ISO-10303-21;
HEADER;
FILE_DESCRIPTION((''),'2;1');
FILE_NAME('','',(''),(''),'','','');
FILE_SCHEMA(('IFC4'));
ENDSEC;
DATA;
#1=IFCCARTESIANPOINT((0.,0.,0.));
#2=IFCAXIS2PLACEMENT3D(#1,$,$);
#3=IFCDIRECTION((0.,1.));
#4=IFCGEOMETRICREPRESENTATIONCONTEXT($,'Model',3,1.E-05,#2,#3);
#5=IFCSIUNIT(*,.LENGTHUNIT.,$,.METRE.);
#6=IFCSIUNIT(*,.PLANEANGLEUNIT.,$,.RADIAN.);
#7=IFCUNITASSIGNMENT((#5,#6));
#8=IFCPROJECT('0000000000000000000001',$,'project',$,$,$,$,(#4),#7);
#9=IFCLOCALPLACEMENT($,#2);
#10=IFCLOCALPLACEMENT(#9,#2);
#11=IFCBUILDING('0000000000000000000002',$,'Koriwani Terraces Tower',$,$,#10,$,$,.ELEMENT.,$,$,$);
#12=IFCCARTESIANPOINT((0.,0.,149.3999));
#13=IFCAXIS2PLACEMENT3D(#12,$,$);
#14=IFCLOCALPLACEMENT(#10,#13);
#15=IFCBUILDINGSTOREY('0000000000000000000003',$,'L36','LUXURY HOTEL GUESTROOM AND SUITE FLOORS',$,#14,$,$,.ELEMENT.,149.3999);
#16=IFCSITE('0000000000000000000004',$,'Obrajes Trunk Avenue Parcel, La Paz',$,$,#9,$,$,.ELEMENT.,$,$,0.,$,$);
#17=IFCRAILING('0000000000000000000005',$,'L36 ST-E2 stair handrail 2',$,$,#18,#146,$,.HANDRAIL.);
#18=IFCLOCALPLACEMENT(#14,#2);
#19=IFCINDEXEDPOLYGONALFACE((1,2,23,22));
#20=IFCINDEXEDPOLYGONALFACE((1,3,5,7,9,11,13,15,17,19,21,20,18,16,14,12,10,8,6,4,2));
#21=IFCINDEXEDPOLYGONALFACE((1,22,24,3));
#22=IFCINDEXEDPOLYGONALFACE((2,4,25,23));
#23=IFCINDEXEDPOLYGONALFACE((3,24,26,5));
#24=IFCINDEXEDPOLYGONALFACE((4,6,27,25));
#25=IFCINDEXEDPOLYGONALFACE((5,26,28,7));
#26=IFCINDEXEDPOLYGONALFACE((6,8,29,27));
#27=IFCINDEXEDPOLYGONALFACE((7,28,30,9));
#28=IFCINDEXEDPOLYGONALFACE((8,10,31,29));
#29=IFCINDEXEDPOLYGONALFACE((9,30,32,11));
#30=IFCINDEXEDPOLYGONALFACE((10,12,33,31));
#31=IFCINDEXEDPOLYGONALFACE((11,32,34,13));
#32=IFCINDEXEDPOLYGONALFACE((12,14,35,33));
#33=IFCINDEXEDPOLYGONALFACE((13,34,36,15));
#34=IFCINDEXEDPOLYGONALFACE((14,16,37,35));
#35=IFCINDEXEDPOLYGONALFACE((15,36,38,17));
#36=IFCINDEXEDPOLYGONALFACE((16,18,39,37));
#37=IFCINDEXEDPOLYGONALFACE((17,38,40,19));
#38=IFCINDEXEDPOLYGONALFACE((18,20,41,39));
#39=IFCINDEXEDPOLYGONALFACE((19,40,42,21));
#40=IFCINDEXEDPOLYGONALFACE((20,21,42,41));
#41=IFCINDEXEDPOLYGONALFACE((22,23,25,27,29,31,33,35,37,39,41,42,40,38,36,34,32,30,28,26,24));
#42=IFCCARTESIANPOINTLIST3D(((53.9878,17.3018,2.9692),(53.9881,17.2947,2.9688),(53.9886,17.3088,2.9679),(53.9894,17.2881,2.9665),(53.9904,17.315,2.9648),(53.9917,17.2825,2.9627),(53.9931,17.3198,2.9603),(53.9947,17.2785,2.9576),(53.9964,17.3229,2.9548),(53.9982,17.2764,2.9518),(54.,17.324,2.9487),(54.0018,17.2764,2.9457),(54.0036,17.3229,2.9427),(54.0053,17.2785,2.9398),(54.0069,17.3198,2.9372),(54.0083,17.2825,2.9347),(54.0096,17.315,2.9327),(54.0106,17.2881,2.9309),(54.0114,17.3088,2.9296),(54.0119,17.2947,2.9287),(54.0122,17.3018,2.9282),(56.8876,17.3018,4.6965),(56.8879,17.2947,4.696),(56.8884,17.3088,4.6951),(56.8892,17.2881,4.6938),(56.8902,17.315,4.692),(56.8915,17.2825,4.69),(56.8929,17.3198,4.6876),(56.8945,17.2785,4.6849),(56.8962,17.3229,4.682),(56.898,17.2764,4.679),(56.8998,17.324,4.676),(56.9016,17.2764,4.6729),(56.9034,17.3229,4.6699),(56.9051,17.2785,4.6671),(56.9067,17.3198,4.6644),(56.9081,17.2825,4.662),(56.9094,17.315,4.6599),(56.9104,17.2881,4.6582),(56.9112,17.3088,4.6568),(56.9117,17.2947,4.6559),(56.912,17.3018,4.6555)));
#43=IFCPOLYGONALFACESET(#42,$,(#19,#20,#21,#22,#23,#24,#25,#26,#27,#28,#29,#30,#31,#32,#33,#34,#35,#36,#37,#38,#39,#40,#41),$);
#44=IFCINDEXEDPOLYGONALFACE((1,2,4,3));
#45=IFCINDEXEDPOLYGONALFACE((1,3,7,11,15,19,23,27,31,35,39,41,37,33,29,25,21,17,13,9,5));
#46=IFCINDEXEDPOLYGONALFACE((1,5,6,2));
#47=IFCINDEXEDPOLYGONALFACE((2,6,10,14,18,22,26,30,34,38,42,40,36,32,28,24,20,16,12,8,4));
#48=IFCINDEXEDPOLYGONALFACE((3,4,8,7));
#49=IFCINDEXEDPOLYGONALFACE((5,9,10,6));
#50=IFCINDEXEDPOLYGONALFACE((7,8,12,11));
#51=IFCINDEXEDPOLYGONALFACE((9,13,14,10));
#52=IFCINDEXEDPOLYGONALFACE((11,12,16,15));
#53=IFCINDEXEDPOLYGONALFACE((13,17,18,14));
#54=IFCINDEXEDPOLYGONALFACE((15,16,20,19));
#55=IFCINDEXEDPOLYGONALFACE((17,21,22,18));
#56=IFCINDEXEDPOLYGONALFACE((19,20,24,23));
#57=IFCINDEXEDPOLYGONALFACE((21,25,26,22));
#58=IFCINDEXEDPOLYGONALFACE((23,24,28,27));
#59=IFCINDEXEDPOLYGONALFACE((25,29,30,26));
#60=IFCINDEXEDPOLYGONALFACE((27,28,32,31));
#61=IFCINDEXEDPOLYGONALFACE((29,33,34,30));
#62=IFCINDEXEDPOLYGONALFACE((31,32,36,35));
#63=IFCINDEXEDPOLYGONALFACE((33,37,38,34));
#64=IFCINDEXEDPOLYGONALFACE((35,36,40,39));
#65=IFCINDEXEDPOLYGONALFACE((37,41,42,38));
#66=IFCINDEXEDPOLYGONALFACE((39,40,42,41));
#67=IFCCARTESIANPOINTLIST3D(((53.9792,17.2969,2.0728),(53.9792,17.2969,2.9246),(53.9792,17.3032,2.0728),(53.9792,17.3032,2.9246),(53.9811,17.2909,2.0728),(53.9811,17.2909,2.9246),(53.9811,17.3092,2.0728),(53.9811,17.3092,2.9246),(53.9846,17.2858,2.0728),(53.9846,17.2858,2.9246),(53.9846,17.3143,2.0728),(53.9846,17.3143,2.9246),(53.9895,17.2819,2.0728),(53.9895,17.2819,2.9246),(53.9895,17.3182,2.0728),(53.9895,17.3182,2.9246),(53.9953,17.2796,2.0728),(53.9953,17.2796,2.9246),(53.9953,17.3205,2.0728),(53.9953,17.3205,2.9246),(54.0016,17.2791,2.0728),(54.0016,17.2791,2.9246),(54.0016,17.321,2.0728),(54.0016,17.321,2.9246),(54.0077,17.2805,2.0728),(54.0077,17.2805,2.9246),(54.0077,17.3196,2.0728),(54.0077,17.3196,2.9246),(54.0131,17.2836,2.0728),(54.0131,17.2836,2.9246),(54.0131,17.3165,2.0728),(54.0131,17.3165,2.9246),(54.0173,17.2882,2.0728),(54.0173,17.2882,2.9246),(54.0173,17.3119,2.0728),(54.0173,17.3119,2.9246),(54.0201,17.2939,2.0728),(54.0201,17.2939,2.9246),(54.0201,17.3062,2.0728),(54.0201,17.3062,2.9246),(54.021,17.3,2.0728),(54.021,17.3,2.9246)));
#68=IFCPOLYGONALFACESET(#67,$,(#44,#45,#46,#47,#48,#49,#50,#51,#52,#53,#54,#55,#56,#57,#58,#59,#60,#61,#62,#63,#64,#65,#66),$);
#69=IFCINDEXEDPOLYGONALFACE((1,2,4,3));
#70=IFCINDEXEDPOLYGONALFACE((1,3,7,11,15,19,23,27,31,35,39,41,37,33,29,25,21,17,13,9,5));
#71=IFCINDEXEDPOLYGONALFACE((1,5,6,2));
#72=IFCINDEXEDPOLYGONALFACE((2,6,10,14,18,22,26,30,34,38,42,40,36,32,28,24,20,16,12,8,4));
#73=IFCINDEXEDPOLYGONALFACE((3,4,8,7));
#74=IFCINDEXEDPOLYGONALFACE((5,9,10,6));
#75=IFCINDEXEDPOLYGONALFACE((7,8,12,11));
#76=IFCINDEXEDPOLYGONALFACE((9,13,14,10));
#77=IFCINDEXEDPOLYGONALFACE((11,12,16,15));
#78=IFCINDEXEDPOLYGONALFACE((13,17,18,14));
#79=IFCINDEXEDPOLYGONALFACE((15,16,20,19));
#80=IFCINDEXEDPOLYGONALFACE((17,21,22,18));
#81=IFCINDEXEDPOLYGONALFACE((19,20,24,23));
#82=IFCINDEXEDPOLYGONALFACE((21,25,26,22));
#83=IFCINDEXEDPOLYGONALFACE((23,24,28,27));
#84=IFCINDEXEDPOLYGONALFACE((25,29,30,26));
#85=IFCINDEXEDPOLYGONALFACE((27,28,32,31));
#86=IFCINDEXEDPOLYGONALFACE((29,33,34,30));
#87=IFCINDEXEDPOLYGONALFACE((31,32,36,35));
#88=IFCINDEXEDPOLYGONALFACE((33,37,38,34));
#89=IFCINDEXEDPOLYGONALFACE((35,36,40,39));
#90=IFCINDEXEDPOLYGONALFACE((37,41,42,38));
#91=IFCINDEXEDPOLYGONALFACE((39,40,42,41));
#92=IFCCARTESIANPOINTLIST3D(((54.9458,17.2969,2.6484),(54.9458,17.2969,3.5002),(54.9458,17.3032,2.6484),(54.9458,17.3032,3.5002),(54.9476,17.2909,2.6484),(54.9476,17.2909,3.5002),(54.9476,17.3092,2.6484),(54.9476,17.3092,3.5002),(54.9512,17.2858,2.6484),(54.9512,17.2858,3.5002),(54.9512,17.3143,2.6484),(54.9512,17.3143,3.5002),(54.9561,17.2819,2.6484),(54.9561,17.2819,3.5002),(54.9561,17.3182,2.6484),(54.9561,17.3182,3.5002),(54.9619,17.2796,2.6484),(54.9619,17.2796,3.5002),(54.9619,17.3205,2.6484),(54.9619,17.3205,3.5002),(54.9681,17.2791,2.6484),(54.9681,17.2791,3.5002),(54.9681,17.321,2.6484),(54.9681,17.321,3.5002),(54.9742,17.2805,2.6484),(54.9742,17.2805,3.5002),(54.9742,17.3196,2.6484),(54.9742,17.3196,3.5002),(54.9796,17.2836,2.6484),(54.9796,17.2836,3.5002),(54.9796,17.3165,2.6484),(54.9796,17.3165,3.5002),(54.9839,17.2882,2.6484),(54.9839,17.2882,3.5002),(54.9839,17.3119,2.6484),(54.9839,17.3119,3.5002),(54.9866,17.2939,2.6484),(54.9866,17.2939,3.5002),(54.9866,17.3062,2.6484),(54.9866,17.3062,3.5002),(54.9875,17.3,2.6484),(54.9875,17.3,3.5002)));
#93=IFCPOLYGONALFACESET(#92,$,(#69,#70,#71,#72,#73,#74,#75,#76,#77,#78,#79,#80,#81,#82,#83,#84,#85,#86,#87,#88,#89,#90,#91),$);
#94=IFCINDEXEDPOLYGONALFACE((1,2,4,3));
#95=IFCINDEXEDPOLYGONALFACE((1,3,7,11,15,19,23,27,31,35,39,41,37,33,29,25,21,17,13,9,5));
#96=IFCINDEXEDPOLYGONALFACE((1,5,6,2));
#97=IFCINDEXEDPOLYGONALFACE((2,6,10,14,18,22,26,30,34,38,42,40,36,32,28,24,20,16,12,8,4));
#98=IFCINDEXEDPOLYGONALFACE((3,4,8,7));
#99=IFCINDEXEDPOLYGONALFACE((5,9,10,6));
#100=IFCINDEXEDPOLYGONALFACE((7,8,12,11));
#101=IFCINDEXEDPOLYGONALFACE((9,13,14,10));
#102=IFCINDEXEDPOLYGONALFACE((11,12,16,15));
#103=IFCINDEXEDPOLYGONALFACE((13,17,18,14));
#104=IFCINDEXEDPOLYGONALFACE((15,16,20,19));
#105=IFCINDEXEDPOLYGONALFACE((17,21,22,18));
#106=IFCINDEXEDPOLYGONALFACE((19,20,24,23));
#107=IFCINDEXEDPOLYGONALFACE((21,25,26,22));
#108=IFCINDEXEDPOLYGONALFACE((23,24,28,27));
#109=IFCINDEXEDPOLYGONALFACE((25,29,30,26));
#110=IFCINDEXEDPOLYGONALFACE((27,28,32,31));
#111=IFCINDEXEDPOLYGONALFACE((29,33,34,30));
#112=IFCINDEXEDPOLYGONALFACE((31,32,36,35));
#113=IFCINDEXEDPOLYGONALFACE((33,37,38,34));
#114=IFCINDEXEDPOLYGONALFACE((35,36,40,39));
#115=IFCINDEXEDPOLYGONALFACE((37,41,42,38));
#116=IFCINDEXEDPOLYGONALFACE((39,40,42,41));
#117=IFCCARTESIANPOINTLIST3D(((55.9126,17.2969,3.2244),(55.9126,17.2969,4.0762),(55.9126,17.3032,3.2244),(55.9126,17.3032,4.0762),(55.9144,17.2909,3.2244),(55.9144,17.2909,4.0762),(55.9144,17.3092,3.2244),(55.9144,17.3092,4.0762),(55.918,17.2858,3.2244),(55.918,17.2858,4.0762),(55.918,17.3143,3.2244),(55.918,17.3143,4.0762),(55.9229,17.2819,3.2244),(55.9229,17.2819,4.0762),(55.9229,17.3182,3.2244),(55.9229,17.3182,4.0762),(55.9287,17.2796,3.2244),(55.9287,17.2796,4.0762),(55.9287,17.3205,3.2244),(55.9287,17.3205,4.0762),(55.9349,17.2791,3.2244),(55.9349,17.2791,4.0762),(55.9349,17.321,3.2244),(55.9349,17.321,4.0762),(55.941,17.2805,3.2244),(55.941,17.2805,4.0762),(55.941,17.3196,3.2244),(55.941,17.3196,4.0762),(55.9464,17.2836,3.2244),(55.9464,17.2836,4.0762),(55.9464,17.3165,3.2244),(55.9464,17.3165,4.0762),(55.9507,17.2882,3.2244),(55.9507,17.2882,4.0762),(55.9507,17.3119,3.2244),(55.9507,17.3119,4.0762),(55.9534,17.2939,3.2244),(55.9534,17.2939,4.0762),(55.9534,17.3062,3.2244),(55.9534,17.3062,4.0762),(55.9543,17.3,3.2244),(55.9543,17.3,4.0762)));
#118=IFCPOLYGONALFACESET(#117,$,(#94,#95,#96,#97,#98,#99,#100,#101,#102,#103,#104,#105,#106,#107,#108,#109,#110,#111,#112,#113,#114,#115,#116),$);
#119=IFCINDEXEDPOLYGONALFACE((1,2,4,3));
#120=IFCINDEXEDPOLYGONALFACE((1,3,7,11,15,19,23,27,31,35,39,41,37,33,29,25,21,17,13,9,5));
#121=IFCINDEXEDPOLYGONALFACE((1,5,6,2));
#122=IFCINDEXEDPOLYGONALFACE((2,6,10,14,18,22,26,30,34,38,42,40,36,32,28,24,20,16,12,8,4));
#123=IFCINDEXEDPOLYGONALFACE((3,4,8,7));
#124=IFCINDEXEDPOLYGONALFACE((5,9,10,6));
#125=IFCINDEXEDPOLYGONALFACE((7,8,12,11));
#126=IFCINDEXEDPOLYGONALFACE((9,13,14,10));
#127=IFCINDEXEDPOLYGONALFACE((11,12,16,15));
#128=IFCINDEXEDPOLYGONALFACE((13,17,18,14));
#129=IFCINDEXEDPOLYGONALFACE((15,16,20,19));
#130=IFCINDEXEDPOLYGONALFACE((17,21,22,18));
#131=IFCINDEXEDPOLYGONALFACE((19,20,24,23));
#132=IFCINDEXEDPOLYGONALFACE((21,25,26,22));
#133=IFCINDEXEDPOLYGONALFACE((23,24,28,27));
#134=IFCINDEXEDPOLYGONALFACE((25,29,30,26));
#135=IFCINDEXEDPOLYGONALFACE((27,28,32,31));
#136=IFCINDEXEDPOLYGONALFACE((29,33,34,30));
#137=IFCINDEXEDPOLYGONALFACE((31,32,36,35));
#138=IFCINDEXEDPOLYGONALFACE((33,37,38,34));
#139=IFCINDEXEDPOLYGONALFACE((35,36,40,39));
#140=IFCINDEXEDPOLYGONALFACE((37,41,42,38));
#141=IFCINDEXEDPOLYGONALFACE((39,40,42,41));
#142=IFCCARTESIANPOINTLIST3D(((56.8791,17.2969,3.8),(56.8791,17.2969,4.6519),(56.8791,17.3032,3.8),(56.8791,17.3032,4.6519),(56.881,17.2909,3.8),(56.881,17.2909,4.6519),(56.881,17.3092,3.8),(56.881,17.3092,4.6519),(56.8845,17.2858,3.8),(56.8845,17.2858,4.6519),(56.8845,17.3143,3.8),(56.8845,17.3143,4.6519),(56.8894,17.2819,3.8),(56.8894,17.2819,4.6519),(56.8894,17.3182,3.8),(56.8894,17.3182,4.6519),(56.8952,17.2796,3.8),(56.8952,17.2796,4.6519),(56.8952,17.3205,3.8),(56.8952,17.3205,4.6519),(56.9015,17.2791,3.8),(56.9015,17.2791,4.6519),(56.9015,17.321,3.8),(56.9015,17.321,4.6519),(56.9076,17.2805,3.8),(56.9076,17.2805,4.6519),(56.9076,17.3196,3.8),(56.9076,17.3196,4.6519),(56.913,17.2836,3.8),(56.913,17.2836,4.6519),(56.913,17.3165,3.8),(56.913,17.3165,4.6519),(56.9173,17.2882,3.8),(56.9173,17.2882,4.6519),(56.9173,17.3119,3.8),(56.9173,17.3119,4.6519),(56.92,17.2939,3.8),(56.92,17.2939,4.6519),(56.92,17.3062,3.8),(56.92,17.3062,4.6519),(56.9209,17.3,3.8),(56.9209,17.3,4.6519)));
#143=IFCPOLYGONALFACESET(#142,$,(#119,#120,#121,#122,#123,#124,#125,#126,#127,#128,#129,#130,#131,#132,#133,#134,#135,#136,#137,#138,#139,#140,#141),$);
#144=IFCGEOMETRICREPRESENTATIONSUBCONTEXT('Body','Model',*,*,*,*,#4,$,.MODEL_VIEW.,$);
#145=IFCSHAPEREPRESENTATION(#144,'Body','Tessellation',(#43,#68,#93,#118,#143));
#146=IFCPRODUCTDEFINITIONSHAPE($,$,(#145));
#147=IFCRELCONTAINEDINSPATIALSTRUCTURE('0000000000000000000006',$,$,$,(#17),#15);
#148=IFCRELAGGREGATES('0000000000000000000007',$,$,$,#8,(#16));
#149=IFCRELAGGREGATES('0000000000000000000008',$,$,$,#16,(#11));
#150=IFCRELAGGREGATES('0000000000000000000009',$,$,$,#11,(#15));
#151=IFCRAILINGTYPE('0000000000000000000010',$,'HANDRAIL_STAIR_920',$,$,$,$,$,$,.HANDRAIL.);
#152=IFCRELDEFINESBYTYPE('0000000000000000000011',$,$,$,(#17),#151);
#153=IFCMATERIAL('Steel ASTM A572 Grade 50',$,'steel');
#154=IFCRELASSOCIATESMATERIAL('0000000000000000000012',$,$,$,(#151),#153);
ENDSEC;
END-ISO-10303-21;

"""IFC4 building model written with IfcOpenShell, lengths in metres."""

from ifc_helpers import new_model, si_unit, direction, frame, origin, origin_2d, place, context, subcontext, project, spatial, circle, extrude, material, type_object, element, save


model = new_model("IFC4")

# Units and contexts
model_context = context("Model", 3, precision=1e-05, world=origin(), true_north=direction((0.0, 1.0)))
body_context = subcontext(model_context, "Body", "Model", "MODEL_VIEW")
ifc_project = project(units=[si_unit("LENGTHUNIT", "METRE"), si_unit("PLANEANGLEUNIT", "RADIAN")], contexts=[model_context])

# Site, building, storey
site_placement = place(None, origin())
site = spatial("IfcSite", under=ifc_project, at=site_placement, Name="Obrajes Trunk Avenue Parcel, La Paz", CompositionType="ELEMENT", RefElevation=0.0)
building_placement = place(site_placement, origin())
building = spatial("IfcBuilding", under=site, at=building_placement, Name="Koriwani Terraces Tower", CompositionType="ELEMENT")
storey_placement = place(building_placement, frame((0.0, 0.0, 149.3999)))
storey = spatial("IfcBuildingStorey", under=building, at=storey_placement, Name="L36", Description="LUXURY HOTEL GUESTROOM AND SUITE FLOORS", CompositionType="ELEMENT", Elevation=149.3999)

# Shared definitions
ifc_material_1 = material(Name="Steel ASTM A572 Grade 50", Category="steel")

# Railing
railing_type_1 = type_object("IfcRailingType", Name="HANDRAIL_STAIR_920", PredefinedType="HANDRAIL", material=ifc_material_1)
railing_1_placement = place(storey_placement, frame((54.0, 17.3, 2.0728)))
element("IfcRailing", 1, at=railing_1_placement, inside=storey, type_object=railing_type_1, Name="L36 ST-E2 stair handrail 2", PredefinedType="HANDRAIL", context=body_context, shape_type="SweptSolid", body=[
    extrude(circle(Radius=0.0239, at=origin_2d()), frame((0.0, 0.0, 0.876), z_axis=(0.859141, 0.0, 0.511738), x_axis=(0.0, 1.0, 0.0)), (0.0, 0.0, 1.0), 3.3752),
    extrude(circle(Radius=0.021, at=origin_2d()), origin(), (0.0, 0.0, 1.0), 0.8518),
    extrude(circle(Radius=0.021, at=origin_2d()), frame((0.9666, 0.0, 0.5757)), (0.0, 0.0, 1.0), 0.8518),
    extrude(circle(Radius=0.021, at=origin_2d()), frame((1.9333, 0.0, 1.1516)), (0.0, 0.0, 1.0), 0.8518),
    extrude(circle(Radius=0.021, at=origin_2d()), frame((2.8999, 0.0, 1.7273)), (0.0, 0.0, 1.0), 0.8518),
])

save(model, "model.ifc")
